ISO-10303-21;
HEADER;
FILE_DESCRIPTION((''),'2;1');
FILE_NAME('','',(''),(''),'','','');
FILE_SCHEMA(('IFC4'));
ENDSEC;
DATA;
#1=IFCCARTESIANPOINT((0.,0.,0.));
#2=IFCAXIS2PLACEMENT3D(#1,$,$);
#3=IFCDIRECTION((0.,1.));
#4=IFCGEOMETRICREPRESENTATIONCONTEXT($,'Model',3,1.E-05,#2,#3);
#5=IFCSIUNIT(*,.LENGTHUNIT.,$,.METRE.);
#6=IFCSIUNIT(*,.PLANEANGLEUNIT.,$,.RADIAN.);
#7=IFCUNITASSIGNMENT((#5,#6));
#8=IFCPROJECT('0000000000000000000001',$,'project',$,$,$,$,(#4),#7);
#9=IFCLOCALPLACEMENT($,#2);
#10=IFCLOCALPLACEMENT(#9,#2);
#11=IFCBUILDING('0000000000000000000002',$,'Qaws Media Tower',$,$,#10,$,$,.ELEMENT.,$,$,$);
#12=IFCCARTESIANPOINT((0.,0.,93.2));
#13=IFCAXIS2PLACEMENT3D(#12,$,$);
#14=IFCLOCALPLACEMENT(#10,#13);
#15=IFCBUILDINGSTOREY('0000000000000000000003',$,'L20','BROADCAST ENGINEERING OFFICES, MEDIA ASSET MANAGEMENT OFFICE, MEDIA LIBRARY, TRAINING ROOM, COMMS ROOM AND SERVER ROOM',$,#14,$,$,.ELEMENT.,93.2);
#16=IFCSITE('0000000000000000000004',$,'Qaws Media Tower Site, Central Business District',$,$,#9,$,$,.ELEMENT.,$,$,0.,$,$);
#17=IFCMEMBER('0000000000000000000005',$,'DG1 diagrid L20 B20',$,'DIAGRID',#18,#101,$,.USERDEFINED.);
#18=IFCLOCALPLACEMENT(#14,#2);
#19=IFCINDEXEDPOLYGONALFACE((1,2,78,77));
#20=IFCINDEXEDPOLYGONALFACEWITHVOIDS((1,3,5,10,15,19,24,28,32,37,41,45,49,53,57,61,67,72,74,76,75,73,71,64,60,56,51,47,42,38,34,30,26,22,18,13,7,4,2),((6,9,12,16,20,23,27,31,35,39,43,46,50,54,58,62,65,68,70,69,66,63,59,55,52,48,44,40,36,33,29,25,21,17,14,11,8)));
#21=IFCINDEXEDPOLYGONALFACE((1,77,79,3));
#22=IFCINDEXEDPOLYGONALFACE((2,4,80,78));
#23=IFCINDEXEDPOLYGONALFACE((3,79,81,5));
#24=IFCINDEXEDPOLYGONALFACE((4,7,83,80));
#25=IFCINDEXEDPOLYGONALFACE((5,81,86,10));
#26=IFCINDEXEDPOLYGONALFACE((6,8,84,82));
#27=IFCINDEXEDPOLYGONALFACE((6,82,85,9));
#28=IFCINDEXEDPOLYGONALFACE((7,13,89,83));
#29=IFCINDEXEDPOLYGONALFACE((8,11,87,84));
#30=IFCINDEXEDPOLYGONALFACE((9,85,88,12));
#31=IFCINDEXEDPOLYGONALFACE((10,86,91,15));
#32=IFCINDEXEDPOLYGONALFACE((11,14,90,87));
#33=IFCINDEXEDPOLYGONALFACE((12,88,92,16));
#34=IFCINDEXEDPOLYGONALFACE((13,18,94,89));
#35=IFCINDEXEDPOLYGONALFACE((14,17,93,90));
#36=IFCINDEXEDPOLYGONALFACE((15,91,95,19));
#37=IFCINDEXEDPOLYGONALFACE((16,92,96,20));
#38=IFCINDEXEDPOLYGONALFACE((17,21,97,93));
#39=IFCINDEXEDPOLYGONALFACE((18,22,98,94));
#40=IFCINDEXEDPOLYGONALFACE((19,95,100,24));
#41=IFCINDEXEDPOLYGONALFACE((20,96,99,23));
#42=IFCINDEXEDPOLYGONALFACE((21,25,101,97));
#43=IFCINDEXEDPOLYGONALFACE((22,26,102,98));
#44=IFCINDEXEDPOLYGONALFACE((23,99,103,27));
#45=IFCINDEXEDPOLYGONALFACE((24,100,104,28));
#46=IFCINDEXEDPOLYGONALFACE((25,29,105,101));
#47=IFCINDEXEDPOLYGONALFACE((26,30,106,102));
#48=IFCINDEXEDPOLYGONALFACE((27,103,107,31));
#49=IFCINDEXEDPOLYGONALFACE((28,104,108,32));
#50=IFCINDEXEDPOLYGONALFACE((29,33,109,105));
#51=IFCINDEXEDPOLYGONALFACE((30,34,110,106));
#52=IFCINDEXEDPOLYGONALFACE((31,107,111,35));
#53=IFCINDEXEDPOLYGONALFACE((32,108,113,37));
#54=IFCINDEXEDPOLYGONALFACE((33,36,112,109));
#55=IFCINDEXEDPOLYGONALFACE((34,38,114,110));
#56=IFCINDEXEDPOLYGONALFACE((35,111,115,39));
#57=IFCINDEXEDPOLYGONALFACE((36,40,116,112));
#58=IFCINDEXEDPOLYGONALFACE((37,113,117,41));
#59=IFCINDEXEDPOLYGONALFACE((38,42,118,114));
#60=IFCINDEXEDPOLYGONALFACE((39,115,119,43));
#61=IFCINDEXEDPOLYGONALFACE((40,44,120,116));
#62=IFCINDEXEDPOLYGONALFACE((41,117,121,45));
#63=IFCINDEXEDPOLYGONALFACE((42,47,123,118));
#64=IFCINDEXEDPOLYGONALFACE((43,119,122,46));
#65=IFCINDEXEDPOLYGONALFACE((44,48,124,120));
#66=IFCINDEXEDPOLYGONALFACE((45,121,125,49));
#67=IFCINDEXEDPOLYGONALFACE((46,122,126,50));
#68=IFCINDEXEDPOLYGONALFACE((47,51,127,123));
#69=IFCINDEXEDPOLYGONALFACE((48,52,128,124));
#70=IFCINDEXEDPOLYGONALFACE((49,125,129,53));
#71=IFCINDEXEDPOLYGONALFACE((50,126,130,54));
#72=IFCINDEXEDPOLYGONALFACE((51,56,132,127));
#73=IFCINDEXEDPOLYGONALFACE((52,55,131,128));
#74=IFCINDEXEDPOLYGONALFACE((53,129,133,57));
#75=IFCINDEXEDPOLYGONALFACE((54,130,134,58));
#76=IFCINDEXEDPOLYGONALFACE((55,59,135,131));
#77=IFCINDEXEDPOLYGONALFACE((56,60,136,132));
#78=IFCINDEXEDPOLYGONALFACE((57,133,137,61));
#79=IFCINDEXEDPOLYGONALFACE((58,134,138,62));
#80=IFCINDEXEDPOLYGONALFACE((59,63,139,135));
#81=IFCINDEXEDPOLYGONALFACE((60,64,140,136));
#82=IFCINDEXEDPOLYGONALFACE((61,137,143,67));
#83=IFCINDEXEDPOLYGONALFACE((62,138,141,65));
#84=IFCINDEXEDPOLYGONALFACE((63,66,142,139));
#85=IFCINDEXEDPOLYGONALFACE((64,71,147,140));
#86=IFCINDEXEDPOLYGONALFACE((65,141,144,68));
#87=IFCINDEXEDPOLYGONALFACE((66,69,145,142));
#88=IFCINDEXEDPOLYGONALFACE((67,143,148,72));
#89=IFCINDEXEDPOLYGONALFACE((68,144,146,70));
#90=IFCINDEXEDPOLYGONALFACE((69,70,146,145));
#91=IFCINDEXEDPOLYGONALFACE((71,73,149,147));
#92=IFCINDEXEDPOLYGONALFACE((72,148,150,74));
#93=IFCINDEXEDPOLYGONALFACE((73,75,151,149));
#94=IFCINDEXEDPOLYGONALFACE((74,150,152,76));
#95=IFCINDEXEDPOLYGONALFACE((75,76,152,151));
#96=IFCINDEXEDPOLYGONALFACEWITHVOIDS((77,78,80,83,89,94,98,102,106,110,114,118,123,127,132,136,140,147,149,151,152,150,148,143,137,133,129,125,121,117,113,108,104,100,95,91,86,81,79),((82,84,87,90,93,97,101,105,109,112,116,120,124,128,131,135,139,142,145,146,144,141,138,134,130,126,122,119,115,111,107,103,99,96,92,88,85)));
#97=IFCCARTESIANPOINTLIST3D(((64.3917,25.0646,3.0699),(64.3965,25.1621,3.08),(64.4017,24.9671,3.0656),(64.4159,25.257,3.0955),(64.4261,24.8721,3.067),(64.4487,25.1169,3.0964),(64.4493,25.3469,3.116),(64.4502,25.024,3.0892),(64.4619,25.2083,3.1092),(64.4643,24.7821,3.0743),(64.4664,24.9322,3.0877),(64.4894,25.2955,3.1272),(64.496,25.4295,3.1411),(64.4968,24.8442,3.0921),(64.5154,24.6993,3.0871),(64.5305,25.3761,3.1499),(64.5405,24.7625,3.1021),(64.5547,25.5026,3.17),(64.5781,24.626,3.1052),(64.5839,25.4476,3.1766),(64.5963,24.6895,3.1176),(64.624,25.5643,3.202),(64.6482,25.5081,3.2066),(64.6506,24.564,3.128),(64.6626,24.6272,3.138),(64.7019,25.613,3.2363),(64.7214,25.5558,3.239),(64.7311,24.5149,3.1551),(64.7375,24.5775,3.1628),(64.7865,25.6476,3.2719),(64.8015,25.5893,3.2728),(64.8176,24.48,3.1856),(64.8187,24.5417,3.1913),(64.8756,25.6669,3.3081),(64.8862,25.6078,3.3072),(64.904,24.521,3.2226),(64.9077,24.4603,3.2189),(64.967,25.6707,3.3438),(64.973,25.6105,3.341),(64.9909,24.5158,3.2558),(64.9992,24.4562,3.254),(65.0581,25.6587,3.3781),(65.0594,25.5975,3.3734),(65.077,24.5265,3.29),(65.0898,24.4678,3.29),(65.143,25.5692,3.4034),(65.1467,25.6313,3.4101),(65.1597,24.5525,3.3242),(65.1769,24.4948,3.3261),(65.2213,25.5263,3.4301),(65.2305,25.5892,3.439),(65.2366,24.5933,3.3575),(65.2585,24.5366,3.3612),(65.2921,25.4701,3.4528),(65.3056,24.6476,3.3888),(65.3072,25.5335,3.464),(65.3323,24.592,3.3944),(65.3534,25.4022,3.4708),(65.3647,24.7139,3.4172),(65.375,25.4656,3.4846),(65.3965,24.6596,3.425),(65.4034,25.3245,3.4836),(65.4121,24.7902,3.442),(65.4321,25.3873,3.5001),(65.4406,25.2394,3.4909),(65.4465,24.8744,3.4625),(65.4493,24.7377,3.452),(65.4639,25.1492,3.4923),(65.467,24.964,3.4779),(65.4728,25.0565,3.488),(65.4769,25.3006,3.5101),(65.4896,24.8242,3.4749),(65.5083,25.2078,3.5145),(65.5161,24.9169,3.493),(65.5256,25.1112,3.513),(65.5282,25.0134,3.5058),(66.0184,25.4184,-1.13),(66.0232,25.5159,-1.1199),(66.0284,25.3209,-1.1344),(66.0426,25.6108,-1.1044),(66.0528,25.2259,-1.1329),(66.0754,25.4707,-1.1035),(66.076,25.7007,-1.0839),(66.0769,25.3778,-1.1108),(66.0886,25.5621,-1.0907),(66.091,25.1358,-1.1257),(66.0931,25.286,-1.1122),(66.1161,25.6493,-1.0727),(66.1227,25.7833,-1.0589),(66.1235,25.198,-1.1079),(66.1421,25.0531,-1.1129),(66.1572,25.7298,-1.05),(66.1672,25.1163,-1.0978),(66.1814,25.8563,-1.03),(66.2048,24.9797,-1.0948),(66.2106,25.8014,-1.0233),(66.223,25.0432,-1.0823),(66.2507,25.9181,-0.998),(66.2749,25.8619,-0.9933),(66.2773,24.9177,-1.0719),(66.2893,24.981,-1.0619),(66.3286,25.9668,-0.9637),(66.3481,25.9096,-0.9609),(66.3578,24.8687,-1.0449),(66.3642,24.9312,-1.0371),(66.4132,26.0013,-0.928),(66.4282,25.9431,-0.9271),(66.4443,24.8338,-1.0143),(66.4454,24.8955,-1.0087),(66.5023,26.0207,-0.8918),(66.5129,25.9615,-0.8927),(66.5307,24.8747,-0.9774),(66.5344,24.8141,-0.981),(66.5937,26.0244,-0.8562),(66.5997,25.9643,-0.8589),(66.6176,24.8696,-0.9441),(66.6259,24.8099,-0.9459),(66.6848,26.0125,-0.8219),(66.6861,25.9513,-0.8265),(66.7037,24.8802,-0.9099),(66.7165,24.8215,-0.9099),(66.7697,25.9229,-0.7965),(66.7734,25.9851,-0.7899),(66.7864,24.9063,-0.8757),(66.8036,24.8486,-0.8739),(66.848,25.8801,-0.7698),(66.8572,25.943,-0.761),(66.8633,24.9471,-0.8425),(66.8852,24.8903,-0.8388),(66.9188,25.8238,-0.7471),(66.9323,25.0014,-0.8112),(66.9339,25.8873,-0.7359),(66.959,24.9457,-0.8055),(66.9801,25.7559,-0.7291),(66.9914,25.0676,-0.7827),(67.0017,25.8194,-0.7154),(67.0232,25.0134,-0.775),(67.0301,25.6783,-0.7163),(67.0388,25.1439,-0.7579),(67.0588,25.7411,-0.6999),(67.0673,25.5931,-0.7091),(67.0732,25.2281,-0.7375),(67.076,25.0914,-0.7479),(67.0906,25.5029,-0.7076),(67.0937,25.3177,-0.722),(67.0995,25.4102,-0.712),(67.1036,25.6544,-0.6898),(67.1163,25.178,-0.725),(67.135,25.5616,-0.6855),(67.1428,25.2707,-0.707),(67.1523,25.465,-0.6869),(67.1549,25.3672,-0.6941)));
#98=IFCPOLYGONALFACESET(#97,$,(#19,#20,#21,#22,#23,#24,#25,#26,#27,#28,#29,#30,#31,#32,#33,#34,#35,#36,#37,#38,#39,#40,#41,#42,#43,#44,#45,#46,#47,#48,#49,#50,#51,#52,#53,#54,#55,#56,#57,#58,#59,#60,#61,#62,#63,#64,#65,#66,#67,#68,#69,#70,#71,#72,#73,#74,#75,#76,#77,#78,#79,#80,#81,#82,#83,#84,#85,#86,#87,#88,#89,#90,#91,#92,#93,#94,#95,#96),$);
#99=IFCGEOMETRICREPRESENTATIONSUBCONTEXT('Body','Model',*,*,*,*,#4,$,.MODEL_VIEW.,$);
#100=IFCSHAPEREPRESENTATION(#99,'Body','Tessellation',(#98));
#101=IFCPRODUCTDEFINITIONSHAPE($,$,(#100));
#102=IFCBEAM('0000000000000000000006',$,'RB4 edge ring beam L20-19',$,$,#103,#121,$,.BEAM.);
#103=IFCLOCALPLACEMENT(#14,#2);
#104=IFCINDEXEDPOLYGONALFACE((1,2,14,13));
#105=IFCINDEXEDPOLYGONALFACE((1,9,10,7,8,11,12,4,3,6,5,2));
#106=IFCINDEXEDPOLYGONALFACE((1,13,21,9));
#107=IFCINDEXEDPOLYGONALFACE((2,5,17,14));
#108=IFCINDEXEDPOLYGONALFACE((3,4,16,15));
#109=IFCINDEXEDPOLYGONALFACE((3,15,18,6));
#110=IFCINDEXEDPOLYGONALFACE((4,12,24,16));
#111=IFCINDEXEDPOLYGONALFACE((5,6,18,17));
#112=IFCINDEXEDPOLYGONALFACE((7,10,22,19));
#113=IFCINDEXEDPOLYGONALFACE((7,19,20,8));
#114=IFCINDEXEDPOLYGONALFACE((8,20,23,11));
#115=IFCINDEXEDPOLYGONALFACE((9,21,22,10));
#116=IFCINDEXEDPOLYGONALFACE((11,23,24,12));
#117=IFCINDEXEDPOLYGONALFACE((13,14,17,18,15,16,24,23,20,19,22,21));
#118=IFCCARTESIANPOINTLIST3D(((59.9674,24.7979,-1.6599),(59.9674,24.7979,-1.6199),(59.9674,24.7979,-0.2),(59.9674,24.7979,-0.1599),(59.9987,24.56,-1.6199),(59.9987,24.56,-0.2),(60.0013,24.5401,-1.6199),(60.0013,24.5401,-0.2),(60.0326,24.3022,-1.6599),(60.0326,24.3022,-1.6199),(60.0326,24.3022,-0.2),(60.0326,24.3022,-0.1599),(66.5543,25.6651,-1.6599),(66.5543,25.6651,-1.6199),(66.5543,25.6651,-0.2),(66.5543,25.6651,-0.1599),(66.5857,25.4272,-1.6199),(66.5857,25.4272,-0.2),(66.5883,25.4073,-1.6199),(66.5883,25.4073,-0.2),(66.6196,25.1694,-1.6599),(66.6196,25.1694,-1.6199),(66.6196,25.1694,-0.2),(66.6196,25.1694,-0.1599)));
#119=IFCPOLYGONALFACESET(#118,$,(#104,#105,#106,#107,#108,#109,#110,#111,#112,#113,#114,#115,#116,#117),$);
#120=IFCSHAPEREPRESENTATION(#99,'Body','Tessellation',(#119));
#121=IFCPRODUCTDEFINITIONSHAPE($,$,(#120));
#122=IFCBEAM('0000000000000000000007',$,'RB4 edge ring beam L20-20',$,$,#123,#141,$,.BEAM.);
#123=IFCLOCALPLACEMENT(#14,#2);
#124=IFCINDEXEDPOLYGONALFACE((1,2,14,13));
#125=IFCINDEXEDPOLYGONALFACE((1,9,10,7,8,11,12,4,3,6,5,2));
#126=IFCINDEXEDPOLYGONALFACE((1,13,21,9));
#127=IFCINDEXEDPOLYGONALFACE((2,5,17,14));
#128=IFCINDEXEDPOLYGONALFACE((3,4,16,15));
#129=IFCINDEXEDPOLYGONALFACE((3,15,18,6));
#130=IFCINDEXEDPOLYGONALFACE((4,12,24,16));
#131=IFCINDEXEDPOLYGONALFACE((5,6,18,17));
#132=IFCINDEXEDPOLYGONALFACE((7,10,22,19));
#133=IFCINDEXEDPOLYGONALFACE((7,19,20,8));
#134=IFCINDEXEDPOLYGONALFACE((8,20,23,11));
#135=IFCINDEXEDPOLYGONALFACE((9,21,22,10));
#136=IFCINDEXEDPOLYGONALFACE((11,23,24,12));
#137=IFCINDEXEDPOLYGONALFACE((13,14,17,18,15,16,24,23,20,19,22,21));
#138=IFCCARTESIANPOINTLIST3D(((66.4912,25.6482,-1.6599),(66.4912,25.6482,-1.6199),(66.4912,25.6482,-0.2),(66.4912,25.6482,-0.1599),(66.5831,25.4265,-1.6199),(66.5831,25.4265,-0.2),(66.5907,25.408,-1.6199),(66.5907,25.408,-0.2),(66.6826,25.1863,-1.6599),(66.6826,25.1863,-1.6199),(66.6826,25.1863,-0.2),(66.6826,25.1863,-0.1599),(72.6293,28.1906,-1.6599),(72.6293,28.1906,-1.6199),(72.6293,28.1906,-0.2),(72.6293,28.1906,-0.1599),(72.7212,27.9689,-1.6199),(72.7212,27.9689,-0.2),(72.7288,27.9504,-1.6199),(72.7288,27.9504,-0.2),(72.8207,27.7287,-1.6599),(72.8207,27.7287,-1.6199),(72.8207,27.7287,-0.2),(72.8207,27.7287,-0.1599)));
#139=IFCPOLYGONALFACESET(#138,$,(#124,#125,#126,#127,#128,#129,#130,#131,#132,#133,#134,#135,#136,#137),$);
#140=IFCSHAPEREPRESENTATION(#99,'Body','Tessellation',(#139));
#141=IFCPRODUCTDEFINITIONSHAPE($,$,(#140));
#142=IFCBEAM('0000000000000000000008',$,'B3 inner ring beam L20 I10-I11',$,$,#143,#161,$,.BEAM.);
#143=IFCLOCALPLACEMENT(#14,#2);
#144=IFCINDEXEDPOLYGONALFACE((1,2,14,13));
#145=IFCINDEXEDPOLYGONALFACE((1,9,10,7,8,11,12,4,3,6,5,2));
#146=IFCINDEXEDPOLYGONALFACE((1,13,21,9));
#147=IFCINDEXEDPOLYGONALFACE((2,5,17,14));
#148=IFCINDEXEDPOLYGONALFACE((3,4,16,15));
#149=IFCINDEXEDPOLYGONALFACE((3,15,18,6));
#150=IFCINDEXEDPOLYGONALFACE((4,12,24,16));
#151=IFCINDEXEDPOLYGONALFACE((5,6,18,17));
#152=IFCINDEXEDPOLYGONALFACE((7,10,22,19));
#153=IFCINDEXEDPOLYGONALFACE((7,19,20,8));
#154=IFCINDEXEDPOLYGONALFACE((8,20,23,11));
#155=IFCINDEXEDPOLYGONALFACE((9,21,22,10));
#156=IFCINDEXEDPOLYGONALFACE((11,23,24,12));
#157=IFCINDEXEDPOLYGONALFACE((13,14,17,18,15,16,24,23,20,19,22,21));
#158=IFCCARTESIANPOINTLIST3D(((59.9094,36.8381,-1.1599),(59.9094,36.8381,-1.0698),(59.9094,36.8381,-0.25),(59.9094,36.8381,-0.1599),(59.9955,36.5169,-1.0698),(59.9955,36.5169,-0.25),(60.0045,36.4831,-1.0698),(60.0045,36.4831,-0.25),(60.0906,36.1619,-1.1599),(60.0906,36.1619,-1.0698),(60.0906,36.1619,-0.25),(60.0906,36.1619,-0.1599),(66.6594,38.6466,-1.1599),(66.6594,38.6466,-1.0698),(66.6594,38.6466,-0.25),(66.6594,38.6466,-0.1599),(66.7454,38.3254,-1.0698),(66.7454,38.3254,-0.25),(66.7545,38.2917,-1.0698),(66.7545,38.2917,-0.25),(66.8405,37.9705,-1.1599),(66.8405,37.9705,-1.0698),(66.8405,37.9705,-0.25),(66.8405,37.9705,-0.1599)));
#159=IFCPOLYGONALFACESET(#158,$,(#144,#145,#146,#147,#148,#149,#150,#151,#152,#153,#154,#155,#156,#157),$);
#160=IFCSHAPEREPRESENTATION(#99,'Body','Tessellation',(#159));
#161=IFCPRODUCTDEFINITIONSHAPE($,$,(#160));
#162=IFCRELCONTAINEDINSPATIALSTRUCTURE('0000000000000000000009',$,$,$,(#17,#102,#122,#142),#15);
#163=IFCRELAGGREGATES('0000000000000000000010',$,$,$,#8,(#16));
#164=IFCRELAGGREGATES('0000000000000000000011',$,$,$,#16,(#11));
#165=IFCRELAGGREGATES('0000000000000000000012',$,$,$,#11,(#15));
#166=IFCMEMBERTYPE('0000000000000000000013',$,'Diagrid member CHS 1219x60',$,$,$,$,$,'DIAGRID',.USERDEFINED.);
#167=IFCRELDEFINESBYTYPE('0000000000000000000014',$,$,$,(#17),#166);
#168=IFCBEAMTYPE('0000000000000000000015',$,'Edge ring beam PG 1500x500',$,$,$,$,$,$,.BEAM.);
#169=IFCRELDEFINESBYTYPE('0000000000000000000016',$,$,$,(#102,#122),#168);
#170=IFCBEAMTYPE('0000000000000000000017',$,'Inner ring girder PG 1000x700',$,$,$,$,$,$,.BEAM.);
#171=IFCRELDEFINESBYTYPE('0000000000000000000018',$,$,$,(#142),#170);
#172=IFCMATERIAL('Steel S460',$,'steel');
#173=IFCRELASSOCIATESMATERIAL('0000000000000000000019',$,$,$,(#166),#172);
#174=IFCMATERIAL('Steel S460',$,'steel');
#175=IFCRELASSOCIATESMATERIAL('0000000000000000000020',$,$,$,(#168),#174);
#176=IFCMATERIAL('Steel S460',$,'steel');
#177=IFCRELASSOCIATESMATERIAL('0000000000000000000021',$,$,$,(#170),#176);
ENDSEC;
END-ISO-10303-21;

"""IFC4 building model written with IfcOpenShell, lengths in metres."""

from ifc_helpers import new_model, si_unit, direction, frame, origin, origin_2d, place, context, subcontext, project, spatial, hollow_circle, i_section, extrude, material, material_profile, profile_set, type_object, element, save


model = new_model("IFC4")

# Units and contexts
model_context = context("Model", 3, precision=1e-05, world=origin(), true_north=direction((0.0, 1.0)))
body_context = subcontext(model_context, "Body", "Model", "MODEL_VIEW")
ifc_project = project(units=[si_unit("LENGTHUNIT", "METRE"), si_unit("PLANEANGLEUNIT", "RADIAN")], contexts=[model_context])

# Site, building, storey
site_placement = place(None, origin())
site = spatial("IfcSite", under=ifc_project, at=site_placement, Name="Qaws Media Tower Site, Central Business District", CompositionType="ELEMENT", RefElevation=0.0)
building_placement = place(site_placement, origin())
building = spatial("IfcBuilding", under=site, at=building_placement, Name="Qaws Media Tower", CompositionType="ELEMENT")
storey_placement = place(building_placement, frame((0.0, 0.0, 93.2)))
storey = spatial("IfcBuildingStorey", under=building, at=storey_placement, Name="L20", Description="BROADCAST ENGINEERING OFFICES, MEDIA ASSET MANAGEMENT OFFICE, MEDIA LIBRARY, TRAINING ROOM, COMMS ROOM AND SERVER ROOM", CompositionType="ELEMENT", Elevation=93.2)

# Member
ifc_material_1 = material(Name="Steel S460", Category="steel")
ifc_material_profile_1 = material_profile(ifc_material_1, hollow_circle(Radius=0.6096, WallThickness=0.0601, at=origin_2d()), Name="CHS 1219x60")
ifc_profile_set_1 = profile_set([ifc_material_profile_1], Name="Steel S460")
member_type_1 = type_object("IfcMemberType", Name="Diagrid member CHS 1219x60", ElementType="DIAGRID", PredefinedType="USERDEFINED", material=ifc_profile_set_1)
for number, where, z_axis, x_axis, name in (
    (1, (66.5869, 25.4172, -0.9099), (-0.360063, -0.078303, 0.929636), (0.212503, -0.97716, 0.0), "DG1 diagrid L20 B20"),
):
    element("IfcMember", number, at=place(storey_placement, frame(where, z_axis=z_axis, x_axis=x_axis)), inside=storey, type_object=member_type_1, Name=name, ObjectType="DIAGRID", PredefinedType="USERDEFINED", context=body_context, shape_type="SweptSolid", body=[
        extrude(hollow_circle(Radius=0.6096, WallThickness=0.0601, at=origin_2d()), origin(), (0.0, 0.0, 1.0), 4.5178),
    ])

# Beams
ifc_material_2 = material(Name="Steel S460", Category="steel")
ifc_material_profile_2 = material_profile(ifc_material_2, i_section(OverallWidth=0.5, OverallDepth=1.5, WebThickness=0.02, FlangeThickness=0.04, at=origin_2d()), Name="PG 1500x500")
ifc_profile_set_2 = profile_set([ifc_material_profile_2], Name="Steel S460")
beam_type_1 = type_object("IfcBeamType", Name="Edge ring beam PG 1500x500", PredefinedType="BEAM", material=ifc_profile_set_2)
for number, where, z_axis, x_axis, name in (
    (2, (60.0, 24.55, -0.9099), (0.991445, 0.130527, 0.0), (-0.130527, 0.991445, 0.0), "RB4 edge ring beam L20-19"),
    (3, (66.5869, 25.4172, -0.9099), (0.923882, 0.382678, 0.0), (-0.382678, 0.923882, 0.0), "RB4 edge ring beam L20-20"),
):
    element("IfcBeam", number, at=place(storey_placement, frame(where, z_axis=z_axis, x_axis=x_axis)), inside=storey, type_object=beam_type_1, Name=name, PredefinedType="BEAM", context=body_context, shape_type="SweptSolid", body=[
        extrude(i_section(OverallWidth=0.5, OverallDepth=1.5, WebThickness=0.02, FlangeThickness=0.04, at=origin_2d()), origin(), (0.0, 0.0, 1.0), 6.6438),
    ])
ifc_material_3 = material(Name="Steel S460", Category="steel")
ifc_material_profile_3 = material_profile(ifc_material_3, i_section(OverallWidth=0.7, OverallDepth=1.0, WebThickness=0.0349, FlangeThickness=0.0901, at=origin_2d()), Name="PG 1000x700")
ifc_profile_set_3 = profile_set([ifc_material_profile_3], Name="Steel S460")
beam_type_2 = type_object("IfcBeamType", Name="Inner ring girder PG 1000x700", PredefinedType="BEAM", material=ifc_profile_set_3)
beam_1_placement = place(storey_placement, frame((60.0, 36.5, -0.6599), z_axis=(0.965928, 0.258811, 0.0), x_axis=(-0.258811, 0.965928, 0.0)))
element("IfcBeam", 4, at=beam_1_placement, inside=storey, type_object=beam_type_2, Name="B3 inner ring beam L20 I10-I11", PredefinedType="BEAM", context=body_context, shape_type="SweptSolid", body=[
    extrude(i_section(OverallWidth=0.7, OverallDepth=1.0, WebThickness=0.0349, FlangeThickness=0.0901, at=origin_2d()), origin(), (0.0, 0.0, 1.0), 6.988),
])

save(model, "model.ifc")
